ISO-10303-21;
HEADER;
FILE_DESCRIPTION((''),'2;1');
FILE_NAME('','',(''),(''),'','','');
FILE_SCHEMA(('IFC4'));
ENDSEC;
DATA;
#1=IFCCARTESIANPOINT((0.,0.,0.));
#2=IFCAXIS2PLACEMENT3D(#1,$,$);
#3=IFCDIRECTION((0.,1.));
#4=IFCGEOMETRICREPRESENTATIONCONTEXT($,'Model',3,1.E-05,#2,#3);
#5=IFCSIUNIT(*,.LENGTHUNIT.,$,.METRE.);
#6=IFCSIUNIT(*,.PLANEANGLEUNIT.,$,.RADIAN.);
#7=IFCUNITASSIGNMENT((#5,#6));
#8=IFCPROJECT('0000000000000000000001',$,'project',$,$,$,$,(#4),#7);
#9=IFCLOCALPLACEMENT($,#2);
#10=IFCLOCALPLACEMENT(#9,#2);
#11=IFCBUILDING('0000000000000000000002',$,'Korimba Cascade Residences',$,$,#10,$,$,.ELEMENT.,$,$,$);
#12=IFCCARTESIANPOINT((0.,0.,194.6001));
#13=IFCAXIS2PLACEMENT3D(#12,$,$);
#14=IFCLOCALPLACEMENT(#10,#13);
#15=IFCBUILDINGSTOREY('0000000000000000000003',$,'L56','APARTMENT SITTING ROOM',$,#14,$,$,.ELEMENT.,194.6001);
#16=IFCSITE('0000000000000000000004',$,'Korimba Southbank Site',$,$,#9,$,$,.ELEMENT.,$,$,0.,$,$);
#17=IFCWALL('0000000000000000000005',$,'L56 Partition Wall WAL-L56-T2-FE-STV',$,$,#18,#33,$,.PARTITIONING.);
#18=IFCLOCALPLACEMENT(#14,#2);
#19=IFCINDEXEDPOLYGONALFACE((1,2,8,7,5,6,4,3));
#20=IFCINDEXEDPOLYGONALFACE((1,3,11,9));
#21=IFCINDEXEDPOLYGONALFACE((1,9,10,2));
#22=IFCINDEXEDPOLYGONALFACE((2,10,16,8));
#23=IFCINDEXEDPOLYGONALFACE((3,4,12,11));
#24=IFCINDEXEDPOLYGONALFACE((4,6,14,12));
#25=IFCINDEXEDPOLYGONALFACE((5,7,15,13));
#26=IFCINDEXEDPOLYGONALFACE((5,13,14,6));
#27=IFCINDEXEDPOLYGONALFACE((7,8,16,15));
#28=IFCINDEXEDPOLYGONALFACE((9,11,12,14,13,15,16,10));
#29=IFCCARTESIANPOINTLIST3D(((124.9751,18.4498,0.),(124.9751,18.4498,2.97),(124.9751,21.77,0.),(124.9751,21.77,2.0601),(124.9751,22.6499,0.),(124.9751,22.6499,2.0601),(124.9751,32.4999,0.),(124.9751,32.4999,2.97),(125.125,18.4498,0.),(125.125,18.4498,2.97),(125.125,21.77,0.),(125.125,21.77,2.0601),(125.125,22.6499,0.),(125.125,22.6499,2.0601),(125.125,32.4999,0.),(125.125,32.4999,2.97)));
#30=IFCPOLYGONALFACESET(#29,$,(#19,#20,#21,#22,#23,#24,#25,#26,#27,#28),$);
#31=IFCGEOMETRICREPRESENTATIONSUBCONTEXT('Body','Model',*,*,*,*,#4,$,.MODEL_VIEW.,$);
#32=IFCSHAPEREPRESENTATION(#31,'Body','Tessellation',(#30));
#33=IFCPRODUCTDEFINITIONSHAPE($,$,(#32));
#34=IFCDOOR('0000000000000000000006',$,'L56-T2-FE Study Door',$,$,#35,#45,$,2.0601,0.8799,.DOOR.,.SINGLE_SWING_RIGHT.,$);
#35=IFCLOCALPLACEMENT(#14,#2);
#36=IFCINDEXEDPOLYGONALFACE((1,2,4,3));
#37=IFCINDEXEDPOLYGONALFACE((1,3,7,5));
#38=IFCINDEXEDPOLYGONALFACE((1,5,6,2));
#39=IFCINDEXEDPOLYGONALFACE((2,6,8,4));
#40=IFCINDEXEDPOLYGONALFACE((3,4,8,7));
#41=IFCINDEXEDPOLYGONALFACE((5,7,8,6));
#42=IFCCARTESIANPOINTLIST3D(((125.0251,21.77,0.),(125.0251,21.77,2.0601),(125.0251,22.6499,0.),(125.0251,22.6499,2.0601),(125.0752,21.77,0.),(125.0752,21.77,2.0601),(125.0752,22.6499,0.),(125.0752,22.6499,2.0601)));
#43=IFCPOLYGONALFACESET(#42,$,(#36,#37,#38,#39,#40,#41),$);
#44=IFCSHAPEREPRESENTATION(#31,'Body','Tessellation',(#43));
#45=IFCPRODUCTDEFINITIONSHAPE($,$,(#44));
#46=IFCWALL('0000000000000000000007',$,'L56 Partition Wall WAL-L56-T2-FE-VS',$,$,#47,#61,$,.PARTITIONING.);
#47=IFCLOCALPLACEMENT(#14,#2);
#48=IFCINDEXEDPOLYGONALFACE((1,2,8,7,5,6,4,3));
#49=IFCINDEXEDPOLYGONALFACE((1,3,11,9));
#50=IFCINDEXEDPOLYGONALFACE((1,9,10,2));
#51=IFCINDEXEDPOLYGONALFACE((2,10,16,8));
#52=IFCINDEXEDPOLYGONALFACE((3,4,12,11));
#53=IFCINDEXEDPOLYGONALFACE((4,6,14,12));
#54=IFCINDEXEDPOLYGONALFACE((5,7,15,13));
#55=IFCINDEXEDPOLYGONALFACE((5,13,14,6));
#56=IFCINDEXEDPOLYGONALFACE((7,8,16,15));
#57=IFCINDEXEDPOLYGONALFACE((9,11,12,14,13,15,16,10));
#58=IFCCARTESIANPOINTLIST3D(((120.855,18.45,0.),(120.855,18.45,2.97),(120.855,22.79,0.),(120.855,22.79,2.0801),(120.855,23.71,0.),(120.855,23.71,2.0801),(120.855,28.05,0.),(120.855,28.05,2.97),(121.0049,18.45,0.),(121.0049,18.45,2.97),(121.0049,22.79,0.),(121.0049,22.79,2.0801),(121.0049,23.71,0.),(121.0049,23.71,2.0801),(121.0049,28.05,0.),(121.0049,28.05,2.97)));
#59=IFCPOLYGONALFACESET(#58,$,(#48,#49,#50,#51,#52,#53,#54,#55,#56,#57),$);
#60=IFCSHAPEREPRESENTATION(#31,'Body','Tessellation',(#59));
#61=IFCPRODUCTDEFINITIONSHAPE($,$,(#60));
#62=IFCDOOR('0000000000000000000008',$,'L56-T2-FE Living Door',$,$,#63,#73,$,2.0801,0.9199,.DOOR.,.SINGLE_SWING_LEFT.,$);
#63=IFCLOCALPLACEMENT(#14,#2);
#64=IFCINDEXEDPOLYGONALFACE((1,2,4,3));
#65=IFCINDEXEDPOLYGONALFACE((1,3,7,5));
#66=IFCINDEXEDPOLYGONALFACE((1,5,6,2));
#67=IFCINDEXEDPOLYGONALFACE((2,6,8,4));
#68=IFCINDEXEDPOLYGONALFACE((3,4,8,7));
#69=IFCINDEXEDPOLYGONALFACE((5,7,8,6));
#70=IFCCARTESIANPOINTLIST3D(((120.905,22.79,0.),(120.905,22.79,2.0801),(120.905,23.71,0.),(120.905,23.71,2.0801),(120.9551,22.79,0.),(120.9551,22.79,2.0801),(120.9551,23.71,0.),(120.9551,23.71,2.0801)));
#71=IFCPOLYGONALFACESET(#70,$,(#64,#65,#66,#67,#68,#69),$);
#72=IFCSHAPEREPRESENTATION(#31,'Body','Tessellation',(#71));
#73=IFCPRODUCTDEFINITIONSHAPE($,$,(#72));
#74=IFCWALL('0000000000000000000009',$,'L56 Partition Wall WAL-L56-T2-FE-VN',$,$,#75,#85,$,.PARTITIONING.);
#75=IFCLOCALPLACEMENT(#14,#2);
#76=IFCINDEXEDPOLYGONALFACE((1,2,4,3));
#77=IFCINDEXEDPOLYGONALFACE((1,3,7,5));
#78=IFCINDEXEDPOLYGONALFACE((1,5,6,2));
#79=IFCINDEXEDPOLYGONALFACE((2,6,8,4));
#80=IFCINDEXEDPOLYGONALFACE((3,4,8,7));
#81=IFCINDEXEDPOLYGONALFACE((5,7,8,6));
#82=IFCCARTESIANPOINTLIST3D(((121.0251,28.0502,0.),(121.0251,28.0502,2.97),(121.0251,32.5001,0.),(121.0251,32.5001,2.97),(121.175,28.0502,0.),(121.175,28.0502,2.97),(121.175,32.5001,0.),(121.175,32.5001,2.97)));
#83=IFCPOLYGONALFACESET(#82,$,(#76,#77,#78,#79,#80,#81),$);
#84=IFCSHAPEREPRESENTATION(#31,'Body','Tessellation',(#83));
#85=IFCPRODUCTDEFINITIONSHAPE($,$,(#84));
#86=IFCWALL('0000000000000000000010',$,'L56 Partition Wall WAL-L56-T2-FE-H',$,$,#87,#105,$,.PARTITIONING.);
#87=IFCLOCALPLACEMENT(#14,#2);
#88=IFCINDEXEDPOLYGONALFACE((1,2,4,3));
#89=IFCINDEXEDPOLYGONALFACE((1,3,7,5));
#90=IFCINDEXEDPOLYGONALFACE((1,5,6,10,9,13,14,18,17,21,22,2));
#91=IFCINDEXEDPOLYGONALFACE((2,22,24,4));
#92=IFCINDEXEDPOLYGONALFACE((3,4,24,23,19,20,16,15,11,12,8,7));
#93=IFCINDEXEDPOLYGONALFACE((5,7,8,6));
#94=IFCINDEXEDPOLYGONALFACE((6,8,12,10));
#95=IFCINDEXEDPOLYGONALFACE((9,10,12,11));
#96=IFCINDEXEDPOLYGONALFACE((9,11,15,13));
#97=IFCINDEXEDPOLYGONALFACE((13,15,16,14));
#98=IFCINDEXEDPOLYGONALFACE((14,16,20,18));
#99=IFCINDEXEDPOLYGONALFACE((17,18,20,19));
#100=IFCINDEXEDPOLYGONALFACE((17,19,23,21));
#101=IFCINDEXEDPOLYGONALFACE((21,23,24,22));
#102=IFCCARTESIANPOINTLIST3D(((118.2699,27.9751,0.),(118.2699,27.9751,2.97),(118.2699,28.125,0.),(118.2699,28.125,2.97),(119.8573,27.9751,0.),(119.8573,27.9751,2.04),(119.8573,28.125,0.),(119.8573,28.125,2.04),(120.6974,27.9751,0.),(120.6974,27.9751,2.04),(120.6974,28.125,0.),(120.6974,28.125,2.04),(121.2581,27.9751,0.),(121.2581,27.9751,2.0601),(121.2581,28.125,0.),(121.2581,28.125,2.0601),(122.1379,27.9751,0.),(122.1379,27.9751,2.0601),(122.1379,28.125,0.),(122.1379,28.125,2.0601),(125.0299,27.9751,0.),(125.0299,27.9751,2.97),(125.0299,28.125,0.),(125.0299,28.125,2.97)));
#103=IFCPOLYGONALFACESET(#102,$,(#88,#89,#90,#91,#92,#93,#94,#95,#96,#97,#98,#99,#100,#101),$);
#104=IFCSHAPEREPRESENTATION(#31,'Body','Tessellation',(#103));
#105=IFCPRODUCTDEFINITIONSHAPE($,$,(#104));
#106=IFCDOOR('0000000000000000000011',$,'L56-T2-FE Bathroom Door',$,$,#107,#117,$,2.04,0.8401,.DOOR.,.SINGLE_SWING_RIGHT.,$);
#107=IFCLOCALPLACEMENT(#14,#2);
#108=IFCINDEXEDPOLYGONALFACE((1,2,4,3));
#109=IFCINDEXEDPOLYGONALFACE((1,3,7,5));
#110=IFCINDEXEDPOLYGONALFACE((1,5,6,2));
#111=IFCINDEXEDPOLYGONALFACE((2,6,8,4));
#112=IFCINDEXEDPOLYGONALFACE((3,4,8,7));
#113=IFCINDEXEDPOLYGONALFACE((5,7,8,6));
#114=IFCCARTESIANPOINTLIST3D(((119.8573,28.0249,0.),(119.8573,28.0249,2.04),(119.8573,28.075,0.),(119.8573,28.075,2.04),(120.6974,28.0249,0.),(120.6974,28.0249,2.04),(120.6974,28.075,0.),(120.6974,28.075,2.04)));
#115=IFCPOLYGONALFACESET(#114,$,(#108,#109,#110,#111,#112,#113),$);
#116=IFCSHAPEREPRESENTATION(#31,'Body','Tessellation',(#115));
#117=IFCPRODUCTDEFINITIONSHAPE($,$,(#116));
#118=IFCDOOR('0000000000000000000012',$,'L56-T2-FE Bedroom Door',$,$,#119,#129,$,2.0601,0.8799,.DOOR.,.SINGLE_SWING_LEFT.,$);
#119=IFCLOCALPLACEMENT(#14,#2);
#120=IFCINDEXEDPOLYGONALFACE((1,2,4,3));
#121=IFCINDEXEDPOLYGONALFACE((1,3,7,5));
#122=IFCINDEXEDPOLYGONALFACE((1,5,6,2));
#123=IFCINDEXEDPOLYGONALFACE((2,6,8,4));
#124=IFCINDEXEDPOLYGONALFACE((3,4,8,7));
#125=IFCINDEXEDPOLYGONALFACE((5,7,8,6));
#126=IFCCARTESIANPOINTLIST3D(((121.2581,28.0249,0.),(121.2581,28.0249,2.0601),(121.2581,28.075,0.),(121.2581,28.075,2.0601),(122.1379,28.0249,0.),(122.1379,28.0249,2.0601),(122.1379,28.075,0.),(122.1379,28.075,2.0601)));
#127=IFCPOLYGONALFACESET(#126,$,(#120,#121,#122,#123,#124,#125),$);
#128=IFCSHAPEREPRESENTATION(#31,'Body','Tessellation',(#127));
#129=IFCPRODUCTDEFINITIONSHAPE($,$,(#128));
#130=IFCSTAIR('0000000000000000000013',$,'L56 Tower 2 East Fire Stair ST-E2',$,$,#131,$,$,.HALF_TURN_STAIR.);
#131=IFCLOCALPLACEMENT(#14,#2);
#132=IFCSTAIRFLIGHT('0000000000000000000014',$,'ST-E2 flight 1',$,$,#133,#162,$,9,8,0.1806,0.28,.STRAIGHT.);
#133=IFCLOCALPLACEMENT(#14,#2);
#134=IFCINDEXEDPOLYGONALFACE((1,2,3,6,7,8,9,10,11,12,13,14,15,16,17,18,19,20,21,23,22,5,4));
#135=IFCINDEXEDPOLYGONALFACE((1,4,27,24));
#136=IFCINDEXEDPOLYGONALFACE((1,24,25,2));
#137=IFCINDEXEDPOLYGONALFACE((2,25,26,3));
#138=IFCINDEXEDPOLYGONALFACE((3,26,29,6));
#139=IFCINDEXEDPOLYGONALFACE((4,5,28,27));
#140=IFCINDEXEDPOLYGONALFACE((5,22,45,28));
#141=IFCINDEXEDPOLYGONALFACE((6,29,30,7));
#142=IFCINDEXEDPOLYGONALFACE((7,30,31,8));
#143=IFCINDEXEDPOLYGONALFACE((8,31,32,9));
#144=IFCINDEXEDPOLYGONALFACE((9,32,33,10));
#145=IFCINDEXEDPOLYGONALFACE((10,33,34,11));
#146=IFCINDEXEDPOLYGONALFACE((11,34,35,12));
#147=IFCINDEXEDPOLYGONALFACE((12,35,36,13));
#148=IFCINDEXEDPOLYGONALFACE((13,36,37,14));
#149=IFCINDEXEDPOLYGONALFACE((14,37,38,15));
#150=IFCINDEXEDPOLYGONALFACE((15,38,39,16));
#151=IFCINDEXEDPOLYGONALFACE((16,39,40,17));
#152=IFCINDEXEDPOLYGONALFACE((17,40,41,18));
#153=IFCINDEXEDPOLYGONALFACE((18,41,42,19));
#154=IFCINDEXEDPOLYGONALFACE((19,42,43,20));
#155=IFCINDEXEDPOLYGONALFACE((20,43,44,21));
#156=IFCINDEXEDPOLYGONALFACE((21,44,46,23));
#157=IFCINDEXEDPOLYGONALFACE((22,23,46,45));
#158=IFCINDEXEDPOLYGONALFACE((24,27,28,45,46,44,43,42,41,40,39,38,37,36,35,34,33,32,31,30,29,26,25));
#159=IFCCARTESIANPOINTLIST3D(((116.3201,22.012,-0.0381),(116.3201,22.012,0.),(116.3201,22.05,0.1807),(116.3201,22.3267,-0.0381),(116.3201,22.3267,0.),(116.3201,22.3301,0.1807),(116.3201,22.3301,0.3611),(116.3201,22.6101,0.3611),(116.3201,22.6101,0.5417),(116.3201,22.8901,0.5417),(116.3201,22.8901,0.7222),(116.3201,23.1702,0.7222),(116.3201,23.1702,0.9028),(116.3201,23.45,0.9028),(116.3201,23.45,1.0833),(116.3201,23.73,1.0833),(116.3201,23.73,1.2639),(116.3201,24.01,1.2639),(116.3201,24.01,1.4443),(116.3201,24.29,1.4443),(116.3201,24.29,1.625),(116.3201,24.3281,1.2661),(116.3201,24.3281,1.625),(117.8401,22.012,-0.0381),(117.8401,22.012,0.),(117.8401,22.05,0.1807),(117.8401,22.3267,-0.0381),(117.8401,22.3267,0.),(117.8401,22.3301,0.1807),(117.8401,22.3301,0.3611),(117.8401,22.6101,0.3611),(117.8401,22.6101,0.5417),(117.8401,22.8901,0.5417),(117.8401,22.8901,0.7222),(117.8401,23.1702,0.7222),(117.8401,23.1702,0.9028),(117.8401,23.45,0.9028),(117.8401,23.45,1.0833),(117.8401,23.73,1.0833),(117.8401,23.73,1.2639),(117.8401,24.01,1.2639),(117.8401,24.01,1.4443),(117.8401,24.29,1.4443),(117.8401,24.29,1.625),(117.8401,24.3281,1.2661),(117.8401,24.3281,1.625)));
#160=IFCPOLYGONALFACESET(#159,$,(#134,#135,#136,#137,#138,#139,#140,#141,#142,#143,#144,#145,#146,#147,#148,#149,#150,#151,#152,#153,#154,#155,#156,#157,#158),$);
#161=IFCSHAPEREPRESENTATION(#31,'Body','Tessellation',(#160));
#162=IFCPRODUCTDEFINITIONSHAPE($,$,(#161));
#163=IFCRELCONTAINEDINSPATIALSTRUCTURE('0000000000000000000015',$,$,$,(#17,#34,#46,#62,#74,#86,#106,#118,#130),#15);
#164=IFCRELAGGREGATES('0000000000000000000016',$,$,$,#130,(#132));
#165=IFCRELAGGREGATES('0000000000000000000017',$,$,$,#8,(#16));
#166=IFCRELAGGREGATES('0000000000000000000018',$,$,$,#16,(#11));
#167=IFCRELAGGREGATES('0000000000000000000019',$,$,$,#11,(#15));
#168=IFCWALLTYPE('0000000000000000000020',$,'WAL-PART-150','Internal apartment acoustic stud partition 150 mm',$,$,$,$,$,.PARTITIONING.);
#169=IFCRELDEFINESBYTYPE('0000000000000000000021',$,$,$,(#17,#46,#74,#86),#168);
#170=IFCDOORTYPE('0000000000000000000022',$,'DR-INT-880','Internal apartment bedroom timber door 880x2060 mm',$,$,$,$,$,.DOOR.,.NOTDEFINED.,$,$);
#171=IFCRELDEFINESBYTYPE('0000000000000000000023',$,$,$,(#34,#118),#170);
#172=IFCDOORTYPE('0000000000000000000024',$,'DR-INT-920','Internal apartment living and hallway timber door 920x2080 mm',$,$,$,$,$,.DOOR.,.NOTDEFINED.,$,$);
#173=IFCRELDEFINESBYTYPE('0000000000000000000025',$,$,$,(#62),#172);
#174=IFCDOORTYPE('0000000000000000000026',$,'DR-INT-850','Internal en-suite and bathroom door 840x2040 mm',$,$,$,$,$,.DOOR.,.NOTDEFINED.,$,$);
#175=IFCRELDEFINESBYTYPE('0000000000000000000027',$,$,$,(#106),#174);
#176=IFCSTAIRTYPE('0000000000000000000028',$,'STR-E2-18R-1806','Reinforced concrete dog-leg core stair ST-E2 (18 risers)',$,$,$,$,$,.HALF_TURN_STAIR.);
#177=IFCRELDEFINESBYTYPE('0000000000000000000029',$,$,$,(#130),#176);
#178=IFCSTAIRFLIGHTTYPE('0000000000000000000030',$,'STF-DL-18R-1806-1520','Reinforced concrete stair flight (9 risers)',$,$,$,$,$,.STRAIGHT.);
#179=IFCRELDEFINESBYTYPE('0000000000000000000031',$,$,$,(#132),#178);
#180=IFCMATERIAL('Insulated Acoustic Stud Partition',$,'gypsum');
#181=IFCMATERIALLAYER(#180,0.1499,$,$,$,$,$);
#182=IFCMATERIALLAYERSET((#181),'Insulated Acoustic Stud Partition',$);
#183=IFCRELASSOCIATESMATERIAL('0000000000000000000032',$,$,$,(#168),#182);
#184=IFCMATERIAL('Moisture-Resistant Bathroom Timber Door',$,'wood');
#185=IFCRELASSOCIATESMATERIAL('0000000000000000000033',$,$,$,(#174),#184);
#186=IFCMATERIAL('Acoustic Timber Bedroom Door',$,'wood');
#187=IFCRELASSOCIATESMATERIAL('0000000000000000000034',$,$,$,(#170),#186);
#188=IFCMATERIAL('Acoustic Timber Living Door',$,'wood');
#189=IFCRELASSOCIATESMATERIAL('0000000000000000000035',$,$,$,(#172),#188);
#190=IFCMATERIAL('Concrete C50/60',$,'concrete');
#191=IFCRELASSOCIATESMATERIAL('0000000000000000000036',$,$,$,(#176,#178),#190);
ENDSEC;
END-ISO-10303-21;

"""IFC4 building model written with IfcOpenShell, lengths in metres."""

from ifc_helpers import new_model, si_unit, direction, frame, frame_2d, origin, place, context, subcontext, project, spatial, polyline, rectangle, outline, extrude, material, layer, layer_set, type_object, element, fill, aggregate, save


model = new_model("IFC4")

# Units and contexts
model_context = context("Model", 3, precision=1e-05, world=origin(), true_north=direction((0.0, 1.0)))
body_context = subcontext(model_context, "Body", "Model", "MODEL_VIEW")
ifc_project = project(units=[si_unit("LENGTHUNIT", "METRE"), si_unit("PLANEANGLEUNIT", "RADIAN")], contexts=[model_context])

# Site, building, storey
site_placement = place(None, origin())
site = spatial("IfcSite", under=ifc_project, at=site_placement, Name="Korimba Southbank Site", CompositionType="ELEMENT", RefElevation=0.0)
building_placement = place(site_placement, origin())
building = spatial("IfcBuilding", under=site, at=building_placement, Name="Korimba Cascade Residences", CompositionType="ELEMENT")
storey_placement = place(building_placement, frame((0.0, 0.0, 194.6001)))
storey = spatial("IfcBuildingStorey", under=building, at=storey_placement, Name="L56", Description="APARTMENT SITTING ROOM", CompositionType="ELEMENT", Elevation=194.6001)

# Shared definitions
ifc_material_1 = material(Name="Concrete C50/60", Category="concrete")

# Walls, openings, doors
ifc_material_2 = material(Name="Insulated Acoustic Stud Partition", Category="gypsum")
ifc_layer_1 = layer(ifc_material_2, 0.1499)
ifc_layer_set_1 = layer_set([ifc_layer_1], Name="Insulated Acoustic Stud Partition")
wall_type_1 = type_object("IfcWallType", Name="WAL-PART-150", Description="Internal apartment acoustic stud partition 150 mm", PredefinedType="PARTITIONING", material=ifc_layer_set_1)
ifc_material_3 = material(Name="Moisture-Resistant Bathroom Timber Door", Category="wood")
door_type_1 = type_object("IfcDoorType", Name="DR-INT-850", Description="Internal en-suite and bathroom door 840x2040 mm", OperationType="NOTDEFINED", PredefinedType="DOOR", material=ifc_material_3)
wall_1_placement = place(storey_placement, frame((125.05, 18.45, 0.0), z_axis=(0.0, 0.0, 1.0), x_axis=(0.0, 1.0, 0.0)))
wall_1 = element("IfcWall", 1, at=wall_1_placement, inside=storey, type_object=wall_type_1, Name="L56 Partition Wall WAL-L56-T2-FE-STV", PredefinedType="PARTITIONING", context=body_context, shape_type="SweptSolid", body=[
    extrude(rectangle(XDim=14.05, YDim=0.1499, at=frame_2d((7.0249, 0.0))), origin(), (0.0, 0.0, 1.0), 2.97),
])
opening_1_placement = place(wall_1_placement, frame((3.3201, 0.0, 0.0)))
opening_1 = element("IfcOpeningElement", 2, at=opening_1_placement, cuts=wall_1, PredefinedType="OPENING", context=body_context, shape_type="SweptSolid", body=[
    extrude(rectangle(XDim=0.8799, YDim=2.0601, at=frame_2d((0.4399, 1.03))), frame((0.0, 0.085, 0.0), z_axis=(0.0, -1.0, 0.0), x_axis=(1.0, 0.0, 0.0)), (0.0, 0.0, 1.0), 0.1699),
])
ifc_material_4 = material(Name="Acoustic Timber Bedroom Door", Category="wood")
door_type_2 = type_object("IfcDoorType", Name="DR-INT-880", Description="Internal apartment bedroom timber door 880x2060 mm", OperationType="NOTDEFINED", PredefinedType="DOOR", material=ifc_material_4)
door_1_placement = place(opening_1_placement, origin())
door_1 = element("IfcDoor", 3, at=door_1_placement, inside=storey, type_object=door_type_2, Name="L56-T2-FE Study Door", OperationType="SINGLE_SWING_RIGHT", OverallHeight=2.0601, OverallWidth=0.8799, PredefinedType="DOOR", context=body_context, shape_type="SweptSolid", body=[
    extrude(rectangle(XDim=0.8799, YDim=2.0601, at=frame_2d((0.4399, 1.03))), frame((0.0, 0.0249, 0.0), z_axis=(0.0, -1.0, 0.0), x_axis=(1.0, 0.0, 0.0)), (0.0, 0.0, 1.0), 0.05),
])
fill(opening_1, door_1)
wall_2_placement = place(storey_placement, frame((120.9299, 18.45, 0.0), z_axis=(0.0, 0.0, 1.0), x_axis=(0.0, 1.0, 0.0)))
wall_2 = element("IfcWall", 4, at=wall_2_placement, inside=storey, type_object=wall_type_1, Name="L56 Partition Wall WAL-L56-T2-FE-VS", PredefinedType="PARTITIONING", context=body_context, shape_type="SweptSolid", body=[
    extrude(rectangle(XDim=9.6001, YDim=0.1499, at=frame_2d((4.8, 0.0))), origin(), (0.0, 0.0, 1.0), 2.97),
])
opening_2_placement = place(wall_2_placement, frame((4.3401, 0.0, 0.0)))
opening_2 = element("IfcOpeningElement", 5, at=opening_2_placement, cuts=wall_2, PredefinedType="OPENING", context=body_context, shape_type="SweptSolid", body=[
    extrude(rectangle(XDim=0.9199, YDim=2.0801, at=frame_2d((0.46, 1.04))), frame((0.0, 0.085, 0.0), z_axis=(0.0, -1.0, 0.0), x_axis=(1.0, 0.0, 0.0)), (0.0, 0.0, 1.0), 0.1699),
])
ifc_material_5 = material(Name="Acoustic Timber Living Door", Category="wood")
door_type_3 = type_object("IfcDoorType", Name="DR-INT-920", Description="Internal apartment living and hallway timber door 920x2080 mm", OperationType="NOTDEFINED", PredefinedType="DOOR", material=ifc_material_5)
door_2_placement = place(opening_2_placement, origin())
door_2 = element("IfcDoor", 6, at=door_2_placement, inside=storey, type_object=door_type_3, Name="L56-T2-FE Living Door", OperationType="SINGLE_SWING_LEFT", OverallHeight=2.0801, OverallWidth=0.9199, PredefinedType="DOOR", context=body_context, shape_type="SweptSolid", body=[
    extrude(rectangle(XDim=0.9199, YDim=2.0801, at=frame_2d((0.46, 1.04))), frame((0.0, 0.0249, 0.0), z_axis=(0.0, -1.0, 0.0), x_axis=(1.0, 0.0, 0.0)), (0.0, 0.0, 1.0), 0.05),
])
fill(opening_2, door_2)

# Wall
wall_3_placement = place(storey_placement, frame((121.1001, 28.05, 0.0), z_axis=(0.0, 0.0, 1.0), x_axis=(0.0, 1.0, 0.0)))
element("IfcWall", 7, at=wall_3_placement, inside=storey, type_object=wall_type_1, Name="L56 Partition Wall WAL-L56-T2-FE-VN", PredefinedType="PARTITIONING", context=body_context, shape_type="SweptSolid", body=[
    extrude(rectangle(XDim=4.45, YDim=0.1499, at=frame_2d((2.2251, 0.0))), origin(), (0.0, 0.0, 1.0), 2.97),
])

# Wall, openings, doors
wall_4_placement = place(storey_placement, frame((118.27, 28.05, 0.0), z_axis=(0.0, 0.0, 1.0), x_axis=(1.0, 0.0, 0.0)))
wall_4 = element("IfcWall", 8, at=wall_4_placement, inside=storey, type_object=wall_type_1, Name="L56 Partition Wall WAL-L56-T2-FE-H", PredefinedType="PARTITIONING", context=body_context, shape_type="SweptSolid", body=[
    extrude(rectangle(XDim=6.76, YDim=0.1499, at=frame_2d((3.3799, 0.0))), origin(), (0.0, 0.0, 1.0), 2.97),
])
opening_3_placement = place(wall_4_placement, frame((1.5874, 0.0, 0.0)))
opening_3 = element("IfcOpeningElement", 9, at=opening_3_placement, cuts=wall_4, PredefinedType="OPENING", context=body_context, shape_type="SweptSolid", body=[
    extrude(rectangle(XDim=0.8401, YDim=2.04, at=frame_2d((0.4199, 1.02))), frame((0.0, 0.085, 0.0), z_axis=(0.0, -1.0, 0.0), x_axis=(1.0, 0.0, 0.0)), (0.0, 0.0, 1.0), 0.1699),
])
opening_4_placement = place(wall_4_placement, frame((2.988, 0.0, 0.0)))
opening_4 = element("IfcOpeningElement", 10, at=opening_4_placement, cuts=wall_4, PredefinedType="OPENING", context=body_context, shape_type="SweptSolid", body=[
    extrude(rectangle(XDim=0.8799, YDim=2.0601, at=frame_2d((0.4399, 1.03))), frame((0.0, 0.085, 0.0), z_axis=(0.0, -1.0, 0.0), x_axis=(1.0, 0.0, 0.0)), (0.0, 0.0, 1.0), 0.1699),
])
door_3_placement = place(opening_3_placement, origin())
door_3 = element("IfcDoor", 11, at=door_3_placement, inside=storey, type_object=door_type_1, Name="L56-T2-FE Bathroom Door", OperationType="SINGLE_SWING_RIGHT", OverallHeight=2.04, OverallWidth=0.8401, PredefinedType="DOOR", context=body_context, shape_type="SweptSolid", body=[
    extrude(rectangle(XDim=0.8401, YDim=2.04, at=frame_2d((0.4199, 1.02))), frame((0.0, 0.0249, 0.0), z_axis=(0.0, -1.0, 0.0), x_axis=(1.0, 0.0, 0.0)), (0.0, 0.0, 1.0), 0.05),
])
fill(opening_3, door_3)
door_4_placement = place(opening_4_placement, origin())
door_4 = element("IfcDoor", 12, at=door_4_placement, inside=storey, type_object=door_type_2, Name="L56-T2-FE Bedroom Door", OperationType="SINGLE_SWING_LEFT", OverallHeight=2.0601, OverallWidth=0.8799, PredefinedType="DOOR", context=body_context, shape_type="SweptSolid", body=[
    extrude(rectangle(XDim=0.8799, YDim=2.0601, at=frame_2d((0.4399, 1.03))), frame((0.0, 0.0249, 0.0), z_axis=(0.0, -1.0, 0.0), x_axis=(1.0, 0.0, 0.0)), (0.0, 0.0, 1.0), 0.05),
])
fill(opening_4, door_4)

# Stair, stair flight
stair_type = type_object("IfcStairType", Name="STR-E2-18R-1806", Description="Reinforced concrete dog-leg core stair ST-E2 (18 risers)", PredefinedType="HALF_TURN_STAIR", material=ifc_material_1)
stair_placement = place(storey_placement, origin())
stair = element("IfcStair", 13, at=stair_placement, inside=storey, type_object=stair_type, Name="L56 Tower 2 East Fire Stair ST-E2", PredefinedType="HALF_TURN_STAIR")
stair_flight_type = type_object("IfcStairFlightType", Name="STF-DL-18R-1806-1520", Description="Reinforced concrete stair flight (9 risers)", PredefinedType="STRAIGHT", material=ifc_material_1)
stair_flight_placement = place(storey_placement, frame((117.0801, 22.05, 0.0), z_axis=(0.0, 0.0, 1.0), x_axis=(0.0, 1.0, 0.0)))
stair_flight = element("IfcStairFlight", 14, at=stair_flight_placement, type_object=stair_flight_type, Name="ST-E2 flight 1", NumberOfRisers=9, NumberOfTreads=8, PredefinedType="STRAIGHT", RiserHeight=0.1806, TreadLength=0.28, context=body_context, shape_type="SweptSolid", body=[
    extrude(outline(polyline([(-0.0381, 0.0), (0.0, 0.1807), (0.28, 0.1807), (0.28, 0.3611), (0.5601, 0.3611), (0.5601, 0.5417), (0.8401, 0.5417), (0.8401, 0.7222), (1.1201, 0.7222), (1.1201, 0.9028), (1.3999, 0.9028), (1.3999, 1.0833), (1.6799, 1.0833), (1.6799, 1.2639), (1.96, 1.2639), (1.96, 1.4443), (2.24, 1.4443), (2.24, 1.625), (2.2781, 1.625), (2.2781, 1.2661), (0.2766, 0.0), (0.2766, -0.0381), (-0.0381, -0.0381), (-0.0381, 0.0)])), frame((0.0, 0.76, 0.0), z_axis=(0.0, -1.0, 0.0), x_axis=(1.0, 0.0, 0.0)), (0.0, 0.0, 1.0), 1.52),
])
aggregate(stair, [stair_flight])

save(model, "model.ifc")
